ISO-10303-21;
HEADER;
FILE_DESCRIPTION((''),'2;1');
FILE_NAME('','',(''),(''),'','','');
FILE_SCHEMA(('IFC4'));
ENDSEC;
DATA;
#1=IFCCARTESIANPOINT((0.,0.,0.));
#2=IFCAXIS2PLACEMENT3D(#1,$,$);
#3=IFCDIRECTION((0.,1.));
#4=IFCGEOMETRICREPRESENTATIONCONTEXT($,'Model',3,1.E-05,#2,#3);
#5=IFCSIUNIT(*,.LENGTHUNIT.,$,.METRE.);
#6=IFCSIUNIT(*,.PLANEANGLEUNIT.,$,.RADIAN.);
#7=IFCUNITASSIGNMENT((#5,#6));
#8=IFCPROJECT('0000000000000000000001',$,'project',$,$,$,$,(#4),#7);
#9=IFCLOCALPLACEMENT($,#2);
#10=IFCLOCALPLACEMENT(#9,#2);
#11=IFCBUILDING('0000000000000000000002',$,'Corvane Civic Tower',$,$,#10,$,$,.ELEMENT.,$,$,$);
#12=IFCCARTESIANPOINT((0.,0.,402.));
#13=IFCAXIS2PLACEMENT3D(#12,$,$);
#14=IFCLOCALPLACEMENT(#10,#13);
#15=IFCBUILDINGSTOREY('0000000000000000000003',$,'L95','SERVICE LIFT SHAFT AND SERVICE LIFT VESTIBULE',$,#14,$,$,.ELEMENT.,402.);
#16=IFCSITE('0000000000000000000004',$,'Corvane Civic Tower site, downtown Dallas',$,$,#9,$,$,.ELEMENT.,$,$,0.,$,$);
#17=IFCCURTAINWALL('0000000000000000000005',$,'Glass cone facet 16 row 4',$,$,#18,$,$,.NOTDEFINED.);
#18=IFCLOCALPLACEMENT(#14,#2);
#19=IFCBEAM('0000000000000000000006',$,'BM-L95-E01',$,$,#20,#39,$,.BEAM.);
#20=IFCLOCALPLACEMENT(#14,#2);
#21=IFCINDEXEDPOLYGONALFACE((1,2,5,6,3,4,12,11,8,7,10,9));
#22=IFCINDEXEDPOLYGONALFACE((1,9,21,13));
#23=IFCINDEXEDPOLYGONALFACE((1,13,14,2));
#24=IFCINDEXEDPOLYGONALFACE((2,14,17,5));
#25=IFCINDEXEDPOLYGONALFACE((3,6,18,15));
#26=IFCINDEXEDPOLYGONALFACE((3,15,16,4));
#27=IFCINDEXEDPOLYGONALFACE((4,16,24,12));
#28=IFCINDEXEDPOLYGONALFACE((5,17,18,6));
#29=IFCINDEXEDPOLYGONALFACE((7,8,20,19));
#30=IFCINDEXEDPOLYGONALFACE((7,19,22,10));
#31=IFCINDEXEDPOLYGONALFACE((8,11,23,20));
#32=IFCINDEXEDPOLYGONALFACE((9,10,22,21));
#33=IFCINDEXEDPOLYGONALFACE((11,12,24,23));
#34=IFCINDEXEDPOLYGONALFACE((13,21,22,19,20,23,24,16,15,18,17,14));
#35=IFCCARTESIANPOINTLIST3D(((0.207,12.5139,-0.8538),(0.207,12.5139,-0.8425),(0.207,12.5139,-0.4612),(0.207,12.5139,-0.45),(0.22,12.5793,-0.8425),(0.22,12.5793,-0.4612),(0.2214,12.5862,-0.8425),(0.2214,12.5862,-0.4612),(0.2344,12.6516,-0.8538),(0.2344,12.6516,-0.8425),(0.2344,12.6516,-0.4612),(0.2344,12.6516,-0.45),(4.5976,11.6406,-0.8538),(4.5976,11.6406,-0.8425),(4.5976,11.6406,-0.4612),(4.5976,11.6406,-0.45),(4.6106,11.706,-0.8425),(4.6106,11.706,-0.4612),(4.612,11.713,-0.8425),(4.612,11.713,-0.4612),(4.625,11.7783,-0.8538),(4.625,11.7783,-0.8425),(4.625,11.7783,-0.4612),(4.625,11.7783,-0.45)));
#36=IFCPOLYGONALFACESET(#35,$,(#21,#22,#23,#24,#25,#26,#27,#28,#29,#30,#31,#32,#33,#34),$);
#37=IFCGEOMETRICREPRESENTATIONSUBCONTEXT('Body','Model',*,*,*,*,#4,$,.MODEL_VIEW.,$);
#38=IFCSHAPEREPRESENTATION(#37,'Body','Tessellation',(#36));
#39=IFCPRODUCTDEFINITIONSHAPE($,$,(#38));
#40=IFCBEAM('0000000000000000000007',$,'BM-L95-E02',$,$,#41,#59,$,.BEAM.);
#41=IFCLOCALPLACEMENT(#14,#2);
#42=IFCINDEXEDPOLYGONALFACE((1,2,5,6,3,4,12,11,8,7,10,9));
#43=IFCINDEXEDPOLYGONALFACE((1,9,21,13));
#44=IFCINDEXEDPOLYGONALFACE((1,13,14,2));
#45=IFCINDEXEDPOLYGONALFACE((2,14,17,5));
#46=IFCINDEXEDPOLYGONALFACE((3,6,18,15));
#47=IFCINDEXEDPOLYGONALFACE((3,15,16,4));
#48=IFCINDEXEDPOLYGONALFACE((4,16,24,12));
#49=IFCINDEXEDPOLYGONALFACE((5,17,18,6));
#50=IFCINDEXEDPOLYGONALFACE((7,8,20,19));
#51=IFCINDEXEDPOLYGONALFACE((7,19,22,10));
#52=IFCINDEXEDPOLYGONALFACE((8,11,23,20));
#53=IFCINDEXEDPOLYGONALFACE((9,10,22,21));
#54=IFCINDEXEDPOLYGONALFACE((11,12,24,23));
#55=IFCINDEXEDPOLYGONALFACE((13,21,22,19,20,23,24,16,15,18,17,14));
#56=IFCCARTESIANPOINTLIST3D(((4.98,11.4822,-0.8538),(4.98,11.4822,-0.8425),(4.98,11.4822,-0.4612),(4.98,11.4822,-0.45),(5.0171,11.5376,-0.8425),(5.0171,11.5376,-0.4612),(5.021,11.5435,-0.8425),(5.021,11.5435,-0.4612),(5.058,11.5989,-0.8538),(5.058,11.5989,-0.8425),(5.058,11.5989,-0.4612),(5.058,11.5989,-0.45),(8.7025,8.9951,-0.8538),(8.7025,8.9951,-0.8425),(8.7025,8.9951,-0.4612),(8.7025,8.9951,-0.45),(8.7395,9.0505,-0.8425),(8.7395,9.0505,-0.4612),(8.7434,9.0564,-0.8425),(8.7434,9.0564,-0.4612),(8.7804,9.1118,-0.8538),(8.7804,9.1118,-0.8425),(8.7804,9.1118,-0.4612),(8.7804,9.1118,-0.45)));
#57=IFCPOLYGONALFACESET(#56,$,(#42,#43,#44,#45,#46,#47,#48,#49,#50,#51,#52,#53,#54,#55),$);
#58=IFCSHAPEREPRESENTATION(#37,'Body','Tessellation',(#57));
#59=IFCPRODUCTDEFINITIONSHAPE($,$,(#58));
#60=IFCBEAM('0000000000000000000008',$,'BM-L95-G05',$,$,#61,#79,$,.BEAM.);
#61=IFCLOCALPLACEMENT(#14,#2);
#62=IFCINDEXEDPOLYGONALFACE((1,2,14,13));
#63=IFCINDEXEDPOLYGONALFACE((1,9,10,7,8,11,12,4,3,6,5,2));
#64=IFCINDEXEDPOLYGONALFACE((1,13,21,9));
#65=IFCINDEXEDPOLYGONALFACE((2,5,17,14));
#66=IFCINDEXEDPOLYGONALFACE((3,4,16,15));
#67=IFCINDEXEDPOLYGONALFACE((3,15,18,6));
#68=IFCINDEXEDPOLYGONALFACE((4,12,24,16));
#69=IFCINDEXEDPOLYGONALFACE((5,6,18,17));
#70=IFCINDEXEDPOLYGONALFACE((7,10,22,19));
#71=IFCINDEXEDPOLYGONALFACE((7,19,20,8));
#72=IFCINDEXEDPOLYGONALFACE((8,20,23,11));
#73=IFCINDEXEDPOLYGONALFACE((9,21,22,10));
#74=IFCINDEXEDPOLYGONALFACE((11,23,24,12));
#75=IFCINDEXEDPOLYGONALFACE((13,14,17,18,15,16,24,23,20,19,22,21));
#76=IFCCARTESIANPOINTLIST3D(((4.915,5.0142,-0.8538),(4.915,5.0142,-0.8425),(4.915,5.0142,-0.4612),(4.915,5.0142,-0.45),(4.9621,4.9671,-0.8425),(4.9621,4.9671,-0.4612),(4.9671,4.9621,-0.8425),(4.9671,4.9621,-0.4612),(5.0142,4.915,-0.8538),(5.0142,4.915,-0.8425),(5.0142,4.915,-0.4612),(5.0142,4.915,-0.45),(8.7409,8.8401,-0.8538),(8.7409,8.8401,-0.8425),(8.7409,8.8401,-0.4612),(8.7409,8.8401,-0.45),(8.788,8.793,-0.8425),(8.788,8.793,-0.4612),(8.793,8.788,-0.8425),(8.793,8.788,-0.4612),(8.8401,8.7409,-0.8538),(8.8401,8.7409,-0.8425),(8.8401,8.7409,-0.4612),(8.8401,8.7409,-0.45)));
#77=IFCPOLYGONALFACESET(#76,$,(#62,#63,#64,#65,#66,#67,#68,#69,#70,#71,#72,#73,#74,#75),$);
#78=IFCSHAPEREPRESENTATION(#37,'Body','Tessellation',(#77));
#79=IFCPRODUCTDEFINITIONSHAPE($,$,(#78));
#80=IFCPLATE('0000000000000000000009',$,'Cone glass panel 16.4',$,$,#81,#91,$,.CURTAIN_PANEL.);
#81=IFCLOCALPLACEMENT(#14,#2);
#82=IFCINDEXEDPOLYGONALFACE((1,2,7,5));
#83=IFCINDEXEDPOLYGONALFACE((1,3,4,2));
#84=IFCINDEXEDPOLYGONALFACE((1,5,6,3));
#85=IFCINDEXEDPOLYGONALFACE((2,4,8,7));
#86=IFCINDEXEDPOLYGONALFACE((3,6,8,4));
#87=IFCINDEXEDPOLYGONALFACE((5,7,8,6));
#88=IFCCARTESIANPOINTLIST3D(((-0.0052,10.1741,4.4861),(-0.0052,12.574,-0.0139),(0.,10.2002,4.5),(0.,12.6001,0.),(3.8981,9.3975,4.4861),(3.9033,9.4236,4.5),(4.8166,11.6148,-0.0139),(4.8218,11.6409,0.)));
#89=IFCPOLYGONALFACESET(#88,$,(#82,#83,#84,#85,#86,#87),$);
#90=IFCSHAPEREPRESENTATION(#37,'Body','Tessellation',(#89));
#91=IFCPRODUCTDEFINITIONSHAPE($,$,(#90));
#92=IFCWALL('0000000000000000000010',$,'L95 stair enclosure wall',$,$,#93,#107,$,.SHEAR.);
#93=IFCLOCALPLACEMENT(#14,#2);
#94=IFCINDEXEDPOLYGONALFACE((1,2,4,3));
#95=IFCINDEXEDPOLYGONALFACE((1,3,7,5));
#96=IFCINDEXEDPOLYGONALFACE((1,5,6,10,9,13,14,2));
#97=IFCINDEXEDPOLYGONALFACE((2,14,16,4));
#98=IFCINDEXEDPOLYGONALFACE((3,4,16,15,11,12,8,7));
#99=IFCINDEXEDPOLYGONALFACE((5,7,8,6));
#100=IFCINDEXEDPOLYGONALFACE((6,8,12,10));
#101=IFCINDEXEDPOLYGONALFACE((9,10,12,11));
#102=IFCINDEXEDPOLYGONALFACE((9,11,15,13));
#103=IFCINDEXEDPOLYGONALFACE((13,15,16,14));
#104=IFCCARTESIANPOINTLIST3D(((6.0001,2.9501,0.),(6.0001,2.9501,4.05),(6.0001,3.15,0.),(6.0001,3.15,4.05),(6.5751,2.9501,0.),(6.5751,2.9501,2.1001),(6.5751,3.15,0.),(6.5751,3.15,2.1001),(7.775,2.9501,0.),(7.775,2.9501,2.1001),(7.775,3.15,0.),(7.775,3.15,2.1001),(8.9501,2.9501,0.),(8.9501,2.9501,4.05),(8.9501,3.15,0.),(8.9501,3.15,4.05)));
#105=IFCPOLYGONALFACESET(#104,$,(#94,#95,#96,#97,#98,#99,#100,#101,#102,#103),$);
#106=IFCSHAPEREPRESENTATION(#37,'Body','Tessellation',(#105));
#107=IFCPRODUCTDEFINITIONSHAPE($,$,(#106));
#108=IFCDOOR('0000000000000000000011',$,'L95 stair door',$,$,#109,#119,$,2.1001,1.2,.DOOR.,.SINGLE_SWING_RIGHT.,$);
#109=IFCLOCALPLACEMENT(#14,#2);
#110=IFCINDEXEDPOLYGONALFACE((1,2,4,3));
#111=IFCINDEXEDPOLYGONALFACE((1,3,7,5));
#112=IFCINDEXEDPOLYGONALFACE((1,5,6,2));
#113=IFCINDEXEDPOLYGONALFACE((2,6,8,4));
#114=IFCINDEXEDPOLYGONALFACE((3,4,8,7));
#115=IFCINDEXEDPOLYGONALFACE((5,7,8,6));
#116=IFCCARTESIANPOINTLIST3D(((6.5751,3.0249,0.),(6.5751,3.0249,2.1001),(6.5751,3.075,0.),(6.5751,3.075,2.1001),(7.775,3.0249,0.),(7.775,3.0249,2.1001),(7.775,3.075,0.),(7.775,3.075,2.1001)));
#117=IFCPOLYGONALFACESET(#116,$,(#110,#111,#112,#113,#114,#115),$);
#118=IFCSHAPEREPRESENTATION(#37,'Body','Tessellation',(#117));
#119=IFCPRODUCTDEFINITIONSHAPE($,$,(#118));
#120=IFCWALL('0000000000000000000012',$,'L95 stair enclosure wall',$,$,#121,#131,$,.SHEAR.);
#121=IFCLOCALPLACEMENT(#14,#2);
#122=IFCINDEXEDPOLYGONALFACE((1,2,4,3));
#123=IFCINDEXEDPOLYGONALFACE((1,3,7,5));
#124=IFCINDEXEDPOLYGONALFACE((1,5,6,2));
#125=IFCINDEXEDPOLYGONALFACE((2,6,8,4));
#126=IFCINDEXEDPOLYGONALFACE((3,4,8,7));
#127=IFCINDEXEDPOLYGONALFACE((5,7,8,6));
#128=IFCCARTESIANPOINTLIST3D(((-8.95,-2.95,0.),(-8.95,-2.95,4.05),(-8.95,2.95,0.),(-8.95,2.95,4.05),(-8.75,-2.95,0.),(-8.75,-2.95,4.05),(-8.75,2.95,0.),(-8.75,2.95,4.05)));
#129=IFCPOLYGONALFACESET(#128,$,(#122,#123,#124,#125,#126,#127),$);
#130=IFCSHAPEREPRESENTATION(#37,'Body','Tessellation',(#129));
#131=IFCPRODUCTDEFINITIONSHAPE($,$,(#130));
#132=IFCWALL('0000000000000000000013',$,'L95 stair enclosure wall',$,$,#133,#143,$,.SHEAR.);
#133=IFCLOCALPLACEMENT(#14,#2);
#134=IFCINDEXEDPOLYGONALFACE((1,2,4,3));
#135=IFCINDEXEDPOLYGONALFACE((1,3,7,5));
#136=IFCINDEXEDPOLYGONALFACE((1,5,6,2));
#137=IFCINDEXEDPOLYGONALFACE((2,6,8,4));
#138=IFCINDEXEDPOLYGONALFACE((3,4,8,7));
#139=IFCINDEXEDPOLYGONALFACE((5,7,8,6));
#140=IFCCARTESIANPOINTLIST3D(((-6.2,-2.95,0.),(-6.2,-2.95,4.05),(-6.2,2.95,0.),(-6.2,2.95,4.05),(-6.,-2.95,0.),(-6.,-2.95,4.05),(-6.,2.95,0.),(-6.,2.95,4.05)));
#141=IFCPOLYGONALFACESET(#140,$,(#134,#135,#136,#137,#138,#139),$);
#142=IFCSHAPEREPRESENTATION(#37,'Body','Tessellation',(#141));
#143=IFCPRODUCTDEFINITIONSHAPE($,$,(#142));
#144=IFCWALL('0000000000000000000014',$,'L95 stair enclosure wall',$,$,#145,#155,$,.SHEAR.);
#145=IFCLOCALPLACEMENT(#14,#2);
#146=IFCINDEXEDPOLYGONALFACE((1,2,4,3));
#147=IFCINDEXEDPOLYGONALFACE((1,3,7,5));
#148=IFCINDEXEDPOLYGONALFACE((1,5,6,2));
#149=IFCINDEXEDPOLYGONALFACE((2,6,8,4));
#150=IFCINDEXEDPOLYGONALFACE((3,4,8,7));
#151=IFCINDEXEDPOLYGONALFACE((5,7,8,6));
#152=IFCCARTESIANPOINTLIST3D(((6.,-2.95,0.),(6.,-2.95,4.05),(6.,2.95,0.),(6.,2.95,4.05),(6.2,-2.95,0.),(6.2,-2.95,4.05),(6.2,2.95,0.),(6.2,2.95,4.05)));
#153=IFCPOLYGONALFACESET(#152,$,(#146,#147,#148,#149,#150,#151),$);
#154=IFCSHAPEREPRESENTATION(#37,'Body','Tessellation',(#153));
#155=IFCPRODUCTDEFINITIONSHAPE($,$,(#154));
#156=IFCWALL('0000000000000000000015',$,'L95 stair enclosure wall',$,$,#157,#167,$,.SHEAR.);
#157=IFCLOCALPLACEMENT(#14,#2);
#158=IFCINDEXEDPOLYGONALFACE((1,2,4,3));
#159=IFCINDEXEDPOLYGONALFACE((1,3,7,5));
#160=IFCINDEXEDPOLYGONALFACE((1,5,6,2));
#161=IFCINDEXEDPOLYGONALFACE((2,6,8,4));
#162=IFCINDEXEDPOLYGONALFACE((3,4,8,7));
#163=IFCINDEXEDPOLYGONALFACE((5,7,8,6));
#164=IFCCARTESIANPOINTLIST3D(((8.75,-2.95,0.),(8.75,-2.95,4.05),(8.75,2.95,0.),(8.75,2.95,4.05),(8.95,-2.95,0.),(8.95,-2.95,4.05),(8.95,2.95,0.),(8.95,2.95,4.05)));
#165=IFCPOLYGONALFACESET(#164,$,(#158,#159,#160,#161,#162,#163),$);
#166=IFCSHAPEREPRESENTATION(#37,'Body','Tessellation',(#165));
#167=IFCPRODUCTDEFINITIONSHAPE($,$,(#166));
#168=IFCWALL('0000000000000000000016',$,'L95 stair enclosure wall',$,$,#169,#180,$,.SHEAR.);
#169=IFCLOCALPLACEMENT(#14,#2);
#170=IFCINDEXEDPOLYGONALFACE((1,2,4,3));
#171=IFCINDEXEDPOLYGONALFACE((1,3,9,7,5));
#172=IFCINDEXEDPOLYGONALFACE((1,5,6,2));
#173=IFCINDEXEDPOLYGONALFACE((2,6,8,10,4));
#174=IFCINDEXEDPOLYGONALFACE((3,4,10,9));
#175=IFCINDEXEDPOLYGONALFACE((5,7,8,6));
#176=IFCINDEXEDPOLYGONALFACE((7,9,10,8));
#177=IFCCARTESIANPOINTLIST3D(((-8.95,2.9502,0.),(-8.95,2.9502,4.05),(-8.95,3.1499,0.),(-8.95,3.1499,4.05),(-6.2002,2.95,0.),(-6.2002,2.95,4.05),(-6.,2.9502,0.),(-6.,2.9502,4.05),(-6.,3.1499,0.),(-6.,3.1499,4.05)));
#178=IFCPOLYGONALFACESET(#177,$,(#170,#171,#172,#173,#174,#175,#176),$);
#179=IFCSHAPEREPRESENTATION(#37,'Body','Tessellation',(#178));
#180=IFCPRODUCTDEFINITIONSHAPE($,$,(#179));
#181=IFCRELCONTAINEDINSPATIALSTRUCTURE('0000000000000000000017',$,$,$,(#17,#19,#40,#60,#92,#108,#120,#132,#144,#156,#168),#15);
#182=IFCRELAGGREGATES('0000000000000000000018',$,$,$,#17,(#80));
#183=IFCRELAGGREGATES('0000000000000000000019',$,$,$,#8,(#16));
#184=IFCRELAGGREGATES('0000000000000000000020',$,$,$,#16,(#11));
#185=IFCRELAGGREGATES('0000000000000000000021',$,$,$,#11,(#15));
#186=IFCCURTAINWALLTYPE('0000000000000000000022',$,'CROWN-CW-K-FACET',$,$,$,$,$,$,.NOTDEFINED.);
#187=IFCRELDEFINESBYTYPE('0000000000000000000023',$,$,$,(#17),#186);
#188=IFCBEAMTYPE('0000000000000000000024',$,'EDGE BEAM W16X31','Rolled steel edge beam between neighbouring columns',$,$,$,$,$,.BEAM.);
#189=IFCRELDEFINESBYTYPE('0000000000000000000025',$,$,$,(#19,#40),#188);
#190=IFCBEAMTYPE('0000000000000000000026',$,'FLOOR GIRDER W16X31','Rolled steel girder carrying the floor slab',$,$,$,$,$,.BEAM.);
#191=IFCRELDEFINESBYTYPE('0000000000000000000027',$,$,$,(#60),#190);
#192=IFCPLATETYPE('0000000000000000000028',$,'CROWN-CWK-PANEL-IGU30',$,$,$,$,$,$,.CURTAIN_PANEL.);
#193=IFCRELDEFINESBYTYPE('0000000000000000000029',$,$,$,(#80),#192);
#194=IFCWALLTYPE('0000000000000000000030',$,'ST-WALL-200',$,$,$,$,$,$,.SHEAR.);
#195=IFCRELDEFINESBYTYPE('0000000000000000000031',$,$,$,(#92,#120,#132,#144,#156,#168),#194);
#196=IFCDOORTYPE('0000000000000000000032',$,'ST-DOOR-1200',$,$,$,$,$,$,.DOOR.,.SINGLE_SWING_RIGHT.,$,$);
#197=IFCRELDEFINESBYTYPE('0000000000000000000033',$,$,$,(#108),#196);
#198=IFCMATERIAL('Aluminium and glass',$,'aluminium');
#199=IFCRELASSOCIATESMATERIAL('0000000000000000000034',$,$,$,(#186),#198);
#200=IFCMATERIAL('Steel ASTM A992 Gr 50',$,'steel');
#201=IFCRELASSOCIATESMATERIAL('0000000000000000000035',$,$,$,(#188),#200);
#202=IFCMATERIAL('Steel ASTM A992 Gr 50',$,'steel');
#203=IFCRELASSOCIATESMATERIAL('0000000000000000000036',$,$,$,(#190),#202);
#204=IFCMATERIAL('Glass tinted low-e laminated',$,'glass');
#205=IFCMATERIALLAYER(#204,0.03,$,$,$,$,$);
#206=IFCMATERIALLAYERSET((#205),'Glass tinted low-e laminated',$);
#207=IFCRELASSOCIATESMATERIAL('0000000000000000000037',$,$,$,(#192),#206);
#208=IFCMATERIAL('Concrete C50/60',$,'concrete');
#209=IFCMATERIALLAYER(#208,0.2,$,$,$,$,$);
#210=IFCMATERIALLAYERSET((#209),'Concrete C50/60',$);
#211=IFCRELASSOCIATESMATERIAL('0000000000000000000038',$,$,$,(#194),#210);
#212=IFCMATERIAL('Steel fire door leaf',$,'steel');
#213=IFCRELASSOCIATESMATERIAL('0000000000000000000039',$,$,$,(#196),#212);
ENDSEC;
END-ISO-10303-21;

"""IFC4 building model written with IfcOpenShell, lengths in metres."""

from ifc_helpers import new_model, si_unit, direction, frame, frame_2d, origin, origin_2d, place, context, subcontext, project, spatial, polyline, rectangle, i_section, outline, extrude, material, layer, layer_set, material_profile, profile_set, type_object, element, fill, aggregate, save


model = new_model("IFC4")

# Units and contexts
model_context = context("Model", 3, precision=1e-05, world=origin(), true_north=direction((0.0, 1.0)))
body_context = subcontext(model_context, "Body", "Model", "MODEL_VIEW")
ifc_project = project(units=[si_unit("LENGTHUNIT", "METRE"), si_unit("PLANEANGLEUNIT", "RADIAN")], contexts=[model_context])

# Site, building, storey
site_placement = place(None, origin())
site = spatial("IfcSite", under=ifc_project, at=site_placement, Name="Corvane Civic Tower site, downtown Dallas", CompositionType="ELEMENT", RefElevation=0.0)
building_placement = place(site_placement, origin())
building = spatial("IfcBuilding", under=site, at=building_placement, Name="Corvane Civic Tower", CompositionType="ELEMENT")
storey_placement = place(building_placement, frame((0.0, 0.0, 402.0)))
storey = spatial("IfcBuildingStorey", under=building, at=storey_placement, Name="L95", Description="SERVICE LIFT SHAFT AND SERVICE LIFT VESTIBULE", CompositionType="ELEMENT", Elevation=402.0)

# Shared definitions
ifc_material_1 = material(Name="Aluminium and glass", Category="aluminium")
curtain_wall_type = type_object("IfcCurtainWallType", Name="CROWN-CW-K-FACET", PredefinedType="NOTDEFINED", material=ifc_material_1)

# Curtain wall
curtain_wall_1_placement = place(storey_placement, origin())
curtain_wall_1 = element("IfcCurtainWall", 1, at=curtain_wall_1_placement, inside=storey, type_object=curtain_wall_type, Name="Glass cone facet 16 row 4", PredefinedType="NOTDEFINED")

# Beams
ifc_material_2 = material(Name="Steel ASTM A992 Gr 50", Category="steel")
ifc_material_profile_1 = material_profile(ifc_material_2, i_section(OverallWidth=0.1404, OverallDepth=0.4038, WebThickness=0.0071, FlangeThickness=0.0112, at=origin_2d()), Name="W16X31")
ifc_profile_set_1 = profile_set([ifc_material_profile_1], Name="Steel ASTM A992 Gr 50")
beam_type_1 = type_object("IfcBeamType", Name="EDGE BEAM W16X31", Description="Rolled steel edge beam between neighbouring columns", PredefinedType="BEAM", material=ifc_profile_set_1)
beam_1_placement = place(storey_placement, frame((0.2207, 12.5828, -0.6519), z_axis=(0.980788, -0.195078, 0.0), x_axis=(0.195078, 0.980788, 0.0)))
element("IfcBeam", 2, at=beam_1_placement, inside=storey, type_object=beam_type_1, Name="BM-L95-E01", PredefinedType="BEAM", context=body_context, shape_type="SweptSolid", body=[
    extrude(i_section(OverallWidth=0.1404, OverallDepth=0.4038, WebThickness=0.0071, FlangeThickness=0.0112, at=origin_2d()), origin(), (0.0, 0.0, 1.0), 4.4766),
])
beam_2_placement = place(storey_placement, frame((5.019, 11.5405, -0.6519), z_axis=(0.831488, -0.555543, 0.0), x_axis=(0.555543, 0.831488, 0.0)))
element("IfcBeam", 3, at=beam_2_placement, inside=storey, type_object=beam_type_1, Name="BM-L95-E02", PredefinedType="BEAM", context=body_context, shape_type="SweptSolid", body=[
    extrude(i_section(OverallWidth=0.1404, OverallDepth=0.4038, WebThickness=0.0071, FlangeThickness=0.0112, at=origin_2d()), origin(), (0.0, 0.0, 1.0), 4.4768),
])
ifc_material_3 = material(Name="Steel ASTM A992 Gr 50", Category="steel")
ifc_material_profile_2 = material_profile(ifc_material_3, i_section(OverallWidth=0.1404, OverallDepth=0.4038, WebThickness=0.0071, FlangeThickness=0.0112, at=origin_2d()), Name="W16X31")
ifc_profile_set_2 = profile_set([ifc_material_profile_2], Name="Steel ASTM A992 Gr 50")
beam_type_2 = type_object("IfcBeamType", Name="FLOOR GIRDER W16X31", Description="Rolled steel girder carrying the floor slab", PredefinedType="BEAM", material=ifc_profile_set_2)
beam_3_placement = place(storey_placement, frame((4.9646, 4.9646, -0.6519), z_axis=(0.707107, 0.707107, 0.0), x_axis=(-0.707107, 0.707107, 0.0)))
element("IfcBeam", 4, at=beam_3_placement, inside=storey, type_object=beam_type_2, Name="BM-L95-G05", PredefinedType="BEAM", context=body_context, shape_type="SweptSolid", body=[
    extrude(i_section(OverallWidth=0.1404, OverallDepth=0.4038, WebThickness=0.0071, FlangeThickness=0.0112, at=origin_2d()), origin(), (0.0, 0.0, 1.0), 5.4106),
])

# Plate
ifc_material_4 = material(Name="Glass tinted low-e laminated", Category="glass")
ifc_layer_1 = layer(ifc_material_4, 0.03)
ifc_layer_set_1 = layer_set([ifc_layer_1], Name="Glass tinted low-e laminated")
plate_type = type_object("IfcPlateType", Name="CROWN-CWK-PANEL-IGU30", PredefinedType="CURTAIN_PANEL", material=ifc_layer_set_1)
plate_placement = place(storey_placement, frame((4.8218, 11.6409, 0.0), z_axis=(0.172899, 0.869068, 0.463494), x_axis=(-0.980779, 0.195122, 0.000004)))
plate = element("IfcPlate", 5, at=plate_placement, type_object=plate_type, Name="Cone glass panel 16.4", PredefinedType="CURTAIN_PANEL", context=body_context, shape_type="SweptSolid", body=[
    extrude(outline(polyline([(0.0, 0.0), (4.9163, 0.0), (4.448, 5.0784), (0.4682, 5.0785), (0.0, 0.0)])), origin(), (0.0, 0.0, -1.0), 0.03),
])
aggregate(curtain_wall_1, [plate])

# Wall, opening, door
ifc_material_5 = material(Name="Concrete C50/60", Category="concrete")
ifc_layer_2 = layer(ifc_material_5, 0.2)
ifc_layer_set_2 = layer_set([ifc_layer_2], Name="Concrete C50/60")
wall_type = type_object("IfcWallType", Name="ST-WALL-200", PredefinedType="SHEAR", material=ifc_layer_set_2)
wall_1_placement = place(storey_placement, frame((6.0, 3.05, 0.0), z_axis=(0.0, 0.0, 1.0), x_axis=(1.0, 0.0, 0.0)))
wall_1 = element("IfcWall", 6, at=wall_1_placement, inside=storey, type_object=wall_type, Name="L95 stair enclosure wall", PredefinedType="SHEAR", context=body_context, shape_type="SweptSolid", body=[
    extrude(rectangle(XDim=2.95, YDim=0.2, at=frame_2d((1.4751, 0.0))), origin(), (0.0, 0.0, 1.0), 4.05),
])
opening_placement = place(wall_1_placement, frame((0.575, 0.0, 0.0)))
opening = element("IfcOpeningElement", 7, at=opening_placement, cuts=wall_1, PredefinedType="OPENING", context=body_context, shape_type="SweptSolid", body=[
    extrude(rectangle(XDim=1.2, YDim=2.1001, at=frame_2d((0.6001, 1.05))), frame((0.0, 0.1099, 0.0), z_axis=(0.0, -1.0, 0.0), x_axis=(1.0, 0.0, 0.0)), (0.0, 0.0, 1.0), 0.22),
])
ifc_material_6 = material(Name="Steel fire door leaf", Category="steel")
door_type = type_object("IfcDoorType", Name="ST-DOOR-1200", OperationType="SINGLE_SWING_RIGHT", PredefinedType="DOOR", material=ifc_material_6)
door_placement = place(opening_placement, origin())
door = element("IfcDoor", 8, at=door_placement, inside=storey, type_object=door_type, Name="L95 stair door", OperationType="SINGLE_SWING_RIGHT", OverallHeight=2.1001, OverallWidth=1.2, PredefinedType="DOOR", context=body_context, shape_type="SweptSolid", body=[
    extrude(rectangle(XDim=1.2, YDim=2.1001, at=frame_2d((0.6001, 1.05))), frame((0.0, 0.0249, 0.0), z_axis=(0.0, -1.0, 0.0), x_axis=(1.0, 0.0, 0.0)), (0.0, 0.0, 1.0), 0.05),
])
fill(opening, door)

# Walls
wall_2_placement = place(storey_placement, origin())
element("IfcWall", 9, at=wall_2_placement, inside=storey, type_object=wall_type, Name="L95 stair enclosure wall", PredefinedType="SHEAR", context=body_context, shape_type="SweptSolid", body=[
    extrude(outline(polyline([(-8.75, 2.95), (-8.75, -2.95), (-8.95, -2.95), (-8.95, 2.95), (-8.75, 2.95)])), origin(), (0.0, 0.0, 1.0), 4.05),
])
wall_3_placement = place(storey_placement, origin())
element("IfcWall", 10, at=wall_3_placement, inside=storey, type_object=wall_type, Name="L95 stair enclosure wall", PredefinedType="SHEAR", context=body_context, shape_type="SweptSolid", body=[
    extrude(outline(polyline([(-6.0, 2.95), (-6.0, -2.95), (-6.2, -2.95), (-6.2, 2.95), (-6.0, 2.95)])), origin(), (0.0, 0.0, 1.0), 4.05),
])
wall_4_placement = place(storey_placement, origin())
element("IfcWall", 11, at=wall_4_placement, inside=storey, type_object=wall_type, Name="L95 stair enclosure wall", PredefinedType="SHEAR", context=body_context, shape_type="SweptSolid", body=[
    extrude(outline(polyline([(6.2, 2.95), (6.2, -2.95), (6.0, -2.95), (6.0, 2.95), (6.2, 2.95)])), origin(), (0.0, 0.0, 1.0), 4.05),
])
wall_5_placement = place(storey_placement, origin())
element("IfcWall", 12, at=wall_5_placement, inside=storey, type_object=wall_type, Name="L95 stair enclosure wall", PredefinedType="SHEAR", context=body_context, shape_type="SweptSolid", body=[
    extrude(outline(polyline([(8.95, 2.95), (8.95, -2.95), (8.75, -2.95), (8.75, 2.95), (8.95, 2.95)])), origin(), (0.0, 0.0, 1.0), 4.05),
])
wall_6_placement = place(storey_placement, origin())
element("IfcWall", 13, at=wall_6_placement, inside=storey, type_object=wall_type, Name="L95 stair enclosure wall", PredefinedType="SHEAR", context=body_context, shape_type="SweptSolid", body=[
    extrude(outline(polyline([(-6.0, 2.9502), (-6.2002, 2.95), (-8.95, 2.9502), (-8.95, 3.1499), (-6.0, 3.1499), (-6.0, 2.9502)])), origin(), (0.0, 0.0, 1.0), 4.05),
])

save(model, "model.ifc")
